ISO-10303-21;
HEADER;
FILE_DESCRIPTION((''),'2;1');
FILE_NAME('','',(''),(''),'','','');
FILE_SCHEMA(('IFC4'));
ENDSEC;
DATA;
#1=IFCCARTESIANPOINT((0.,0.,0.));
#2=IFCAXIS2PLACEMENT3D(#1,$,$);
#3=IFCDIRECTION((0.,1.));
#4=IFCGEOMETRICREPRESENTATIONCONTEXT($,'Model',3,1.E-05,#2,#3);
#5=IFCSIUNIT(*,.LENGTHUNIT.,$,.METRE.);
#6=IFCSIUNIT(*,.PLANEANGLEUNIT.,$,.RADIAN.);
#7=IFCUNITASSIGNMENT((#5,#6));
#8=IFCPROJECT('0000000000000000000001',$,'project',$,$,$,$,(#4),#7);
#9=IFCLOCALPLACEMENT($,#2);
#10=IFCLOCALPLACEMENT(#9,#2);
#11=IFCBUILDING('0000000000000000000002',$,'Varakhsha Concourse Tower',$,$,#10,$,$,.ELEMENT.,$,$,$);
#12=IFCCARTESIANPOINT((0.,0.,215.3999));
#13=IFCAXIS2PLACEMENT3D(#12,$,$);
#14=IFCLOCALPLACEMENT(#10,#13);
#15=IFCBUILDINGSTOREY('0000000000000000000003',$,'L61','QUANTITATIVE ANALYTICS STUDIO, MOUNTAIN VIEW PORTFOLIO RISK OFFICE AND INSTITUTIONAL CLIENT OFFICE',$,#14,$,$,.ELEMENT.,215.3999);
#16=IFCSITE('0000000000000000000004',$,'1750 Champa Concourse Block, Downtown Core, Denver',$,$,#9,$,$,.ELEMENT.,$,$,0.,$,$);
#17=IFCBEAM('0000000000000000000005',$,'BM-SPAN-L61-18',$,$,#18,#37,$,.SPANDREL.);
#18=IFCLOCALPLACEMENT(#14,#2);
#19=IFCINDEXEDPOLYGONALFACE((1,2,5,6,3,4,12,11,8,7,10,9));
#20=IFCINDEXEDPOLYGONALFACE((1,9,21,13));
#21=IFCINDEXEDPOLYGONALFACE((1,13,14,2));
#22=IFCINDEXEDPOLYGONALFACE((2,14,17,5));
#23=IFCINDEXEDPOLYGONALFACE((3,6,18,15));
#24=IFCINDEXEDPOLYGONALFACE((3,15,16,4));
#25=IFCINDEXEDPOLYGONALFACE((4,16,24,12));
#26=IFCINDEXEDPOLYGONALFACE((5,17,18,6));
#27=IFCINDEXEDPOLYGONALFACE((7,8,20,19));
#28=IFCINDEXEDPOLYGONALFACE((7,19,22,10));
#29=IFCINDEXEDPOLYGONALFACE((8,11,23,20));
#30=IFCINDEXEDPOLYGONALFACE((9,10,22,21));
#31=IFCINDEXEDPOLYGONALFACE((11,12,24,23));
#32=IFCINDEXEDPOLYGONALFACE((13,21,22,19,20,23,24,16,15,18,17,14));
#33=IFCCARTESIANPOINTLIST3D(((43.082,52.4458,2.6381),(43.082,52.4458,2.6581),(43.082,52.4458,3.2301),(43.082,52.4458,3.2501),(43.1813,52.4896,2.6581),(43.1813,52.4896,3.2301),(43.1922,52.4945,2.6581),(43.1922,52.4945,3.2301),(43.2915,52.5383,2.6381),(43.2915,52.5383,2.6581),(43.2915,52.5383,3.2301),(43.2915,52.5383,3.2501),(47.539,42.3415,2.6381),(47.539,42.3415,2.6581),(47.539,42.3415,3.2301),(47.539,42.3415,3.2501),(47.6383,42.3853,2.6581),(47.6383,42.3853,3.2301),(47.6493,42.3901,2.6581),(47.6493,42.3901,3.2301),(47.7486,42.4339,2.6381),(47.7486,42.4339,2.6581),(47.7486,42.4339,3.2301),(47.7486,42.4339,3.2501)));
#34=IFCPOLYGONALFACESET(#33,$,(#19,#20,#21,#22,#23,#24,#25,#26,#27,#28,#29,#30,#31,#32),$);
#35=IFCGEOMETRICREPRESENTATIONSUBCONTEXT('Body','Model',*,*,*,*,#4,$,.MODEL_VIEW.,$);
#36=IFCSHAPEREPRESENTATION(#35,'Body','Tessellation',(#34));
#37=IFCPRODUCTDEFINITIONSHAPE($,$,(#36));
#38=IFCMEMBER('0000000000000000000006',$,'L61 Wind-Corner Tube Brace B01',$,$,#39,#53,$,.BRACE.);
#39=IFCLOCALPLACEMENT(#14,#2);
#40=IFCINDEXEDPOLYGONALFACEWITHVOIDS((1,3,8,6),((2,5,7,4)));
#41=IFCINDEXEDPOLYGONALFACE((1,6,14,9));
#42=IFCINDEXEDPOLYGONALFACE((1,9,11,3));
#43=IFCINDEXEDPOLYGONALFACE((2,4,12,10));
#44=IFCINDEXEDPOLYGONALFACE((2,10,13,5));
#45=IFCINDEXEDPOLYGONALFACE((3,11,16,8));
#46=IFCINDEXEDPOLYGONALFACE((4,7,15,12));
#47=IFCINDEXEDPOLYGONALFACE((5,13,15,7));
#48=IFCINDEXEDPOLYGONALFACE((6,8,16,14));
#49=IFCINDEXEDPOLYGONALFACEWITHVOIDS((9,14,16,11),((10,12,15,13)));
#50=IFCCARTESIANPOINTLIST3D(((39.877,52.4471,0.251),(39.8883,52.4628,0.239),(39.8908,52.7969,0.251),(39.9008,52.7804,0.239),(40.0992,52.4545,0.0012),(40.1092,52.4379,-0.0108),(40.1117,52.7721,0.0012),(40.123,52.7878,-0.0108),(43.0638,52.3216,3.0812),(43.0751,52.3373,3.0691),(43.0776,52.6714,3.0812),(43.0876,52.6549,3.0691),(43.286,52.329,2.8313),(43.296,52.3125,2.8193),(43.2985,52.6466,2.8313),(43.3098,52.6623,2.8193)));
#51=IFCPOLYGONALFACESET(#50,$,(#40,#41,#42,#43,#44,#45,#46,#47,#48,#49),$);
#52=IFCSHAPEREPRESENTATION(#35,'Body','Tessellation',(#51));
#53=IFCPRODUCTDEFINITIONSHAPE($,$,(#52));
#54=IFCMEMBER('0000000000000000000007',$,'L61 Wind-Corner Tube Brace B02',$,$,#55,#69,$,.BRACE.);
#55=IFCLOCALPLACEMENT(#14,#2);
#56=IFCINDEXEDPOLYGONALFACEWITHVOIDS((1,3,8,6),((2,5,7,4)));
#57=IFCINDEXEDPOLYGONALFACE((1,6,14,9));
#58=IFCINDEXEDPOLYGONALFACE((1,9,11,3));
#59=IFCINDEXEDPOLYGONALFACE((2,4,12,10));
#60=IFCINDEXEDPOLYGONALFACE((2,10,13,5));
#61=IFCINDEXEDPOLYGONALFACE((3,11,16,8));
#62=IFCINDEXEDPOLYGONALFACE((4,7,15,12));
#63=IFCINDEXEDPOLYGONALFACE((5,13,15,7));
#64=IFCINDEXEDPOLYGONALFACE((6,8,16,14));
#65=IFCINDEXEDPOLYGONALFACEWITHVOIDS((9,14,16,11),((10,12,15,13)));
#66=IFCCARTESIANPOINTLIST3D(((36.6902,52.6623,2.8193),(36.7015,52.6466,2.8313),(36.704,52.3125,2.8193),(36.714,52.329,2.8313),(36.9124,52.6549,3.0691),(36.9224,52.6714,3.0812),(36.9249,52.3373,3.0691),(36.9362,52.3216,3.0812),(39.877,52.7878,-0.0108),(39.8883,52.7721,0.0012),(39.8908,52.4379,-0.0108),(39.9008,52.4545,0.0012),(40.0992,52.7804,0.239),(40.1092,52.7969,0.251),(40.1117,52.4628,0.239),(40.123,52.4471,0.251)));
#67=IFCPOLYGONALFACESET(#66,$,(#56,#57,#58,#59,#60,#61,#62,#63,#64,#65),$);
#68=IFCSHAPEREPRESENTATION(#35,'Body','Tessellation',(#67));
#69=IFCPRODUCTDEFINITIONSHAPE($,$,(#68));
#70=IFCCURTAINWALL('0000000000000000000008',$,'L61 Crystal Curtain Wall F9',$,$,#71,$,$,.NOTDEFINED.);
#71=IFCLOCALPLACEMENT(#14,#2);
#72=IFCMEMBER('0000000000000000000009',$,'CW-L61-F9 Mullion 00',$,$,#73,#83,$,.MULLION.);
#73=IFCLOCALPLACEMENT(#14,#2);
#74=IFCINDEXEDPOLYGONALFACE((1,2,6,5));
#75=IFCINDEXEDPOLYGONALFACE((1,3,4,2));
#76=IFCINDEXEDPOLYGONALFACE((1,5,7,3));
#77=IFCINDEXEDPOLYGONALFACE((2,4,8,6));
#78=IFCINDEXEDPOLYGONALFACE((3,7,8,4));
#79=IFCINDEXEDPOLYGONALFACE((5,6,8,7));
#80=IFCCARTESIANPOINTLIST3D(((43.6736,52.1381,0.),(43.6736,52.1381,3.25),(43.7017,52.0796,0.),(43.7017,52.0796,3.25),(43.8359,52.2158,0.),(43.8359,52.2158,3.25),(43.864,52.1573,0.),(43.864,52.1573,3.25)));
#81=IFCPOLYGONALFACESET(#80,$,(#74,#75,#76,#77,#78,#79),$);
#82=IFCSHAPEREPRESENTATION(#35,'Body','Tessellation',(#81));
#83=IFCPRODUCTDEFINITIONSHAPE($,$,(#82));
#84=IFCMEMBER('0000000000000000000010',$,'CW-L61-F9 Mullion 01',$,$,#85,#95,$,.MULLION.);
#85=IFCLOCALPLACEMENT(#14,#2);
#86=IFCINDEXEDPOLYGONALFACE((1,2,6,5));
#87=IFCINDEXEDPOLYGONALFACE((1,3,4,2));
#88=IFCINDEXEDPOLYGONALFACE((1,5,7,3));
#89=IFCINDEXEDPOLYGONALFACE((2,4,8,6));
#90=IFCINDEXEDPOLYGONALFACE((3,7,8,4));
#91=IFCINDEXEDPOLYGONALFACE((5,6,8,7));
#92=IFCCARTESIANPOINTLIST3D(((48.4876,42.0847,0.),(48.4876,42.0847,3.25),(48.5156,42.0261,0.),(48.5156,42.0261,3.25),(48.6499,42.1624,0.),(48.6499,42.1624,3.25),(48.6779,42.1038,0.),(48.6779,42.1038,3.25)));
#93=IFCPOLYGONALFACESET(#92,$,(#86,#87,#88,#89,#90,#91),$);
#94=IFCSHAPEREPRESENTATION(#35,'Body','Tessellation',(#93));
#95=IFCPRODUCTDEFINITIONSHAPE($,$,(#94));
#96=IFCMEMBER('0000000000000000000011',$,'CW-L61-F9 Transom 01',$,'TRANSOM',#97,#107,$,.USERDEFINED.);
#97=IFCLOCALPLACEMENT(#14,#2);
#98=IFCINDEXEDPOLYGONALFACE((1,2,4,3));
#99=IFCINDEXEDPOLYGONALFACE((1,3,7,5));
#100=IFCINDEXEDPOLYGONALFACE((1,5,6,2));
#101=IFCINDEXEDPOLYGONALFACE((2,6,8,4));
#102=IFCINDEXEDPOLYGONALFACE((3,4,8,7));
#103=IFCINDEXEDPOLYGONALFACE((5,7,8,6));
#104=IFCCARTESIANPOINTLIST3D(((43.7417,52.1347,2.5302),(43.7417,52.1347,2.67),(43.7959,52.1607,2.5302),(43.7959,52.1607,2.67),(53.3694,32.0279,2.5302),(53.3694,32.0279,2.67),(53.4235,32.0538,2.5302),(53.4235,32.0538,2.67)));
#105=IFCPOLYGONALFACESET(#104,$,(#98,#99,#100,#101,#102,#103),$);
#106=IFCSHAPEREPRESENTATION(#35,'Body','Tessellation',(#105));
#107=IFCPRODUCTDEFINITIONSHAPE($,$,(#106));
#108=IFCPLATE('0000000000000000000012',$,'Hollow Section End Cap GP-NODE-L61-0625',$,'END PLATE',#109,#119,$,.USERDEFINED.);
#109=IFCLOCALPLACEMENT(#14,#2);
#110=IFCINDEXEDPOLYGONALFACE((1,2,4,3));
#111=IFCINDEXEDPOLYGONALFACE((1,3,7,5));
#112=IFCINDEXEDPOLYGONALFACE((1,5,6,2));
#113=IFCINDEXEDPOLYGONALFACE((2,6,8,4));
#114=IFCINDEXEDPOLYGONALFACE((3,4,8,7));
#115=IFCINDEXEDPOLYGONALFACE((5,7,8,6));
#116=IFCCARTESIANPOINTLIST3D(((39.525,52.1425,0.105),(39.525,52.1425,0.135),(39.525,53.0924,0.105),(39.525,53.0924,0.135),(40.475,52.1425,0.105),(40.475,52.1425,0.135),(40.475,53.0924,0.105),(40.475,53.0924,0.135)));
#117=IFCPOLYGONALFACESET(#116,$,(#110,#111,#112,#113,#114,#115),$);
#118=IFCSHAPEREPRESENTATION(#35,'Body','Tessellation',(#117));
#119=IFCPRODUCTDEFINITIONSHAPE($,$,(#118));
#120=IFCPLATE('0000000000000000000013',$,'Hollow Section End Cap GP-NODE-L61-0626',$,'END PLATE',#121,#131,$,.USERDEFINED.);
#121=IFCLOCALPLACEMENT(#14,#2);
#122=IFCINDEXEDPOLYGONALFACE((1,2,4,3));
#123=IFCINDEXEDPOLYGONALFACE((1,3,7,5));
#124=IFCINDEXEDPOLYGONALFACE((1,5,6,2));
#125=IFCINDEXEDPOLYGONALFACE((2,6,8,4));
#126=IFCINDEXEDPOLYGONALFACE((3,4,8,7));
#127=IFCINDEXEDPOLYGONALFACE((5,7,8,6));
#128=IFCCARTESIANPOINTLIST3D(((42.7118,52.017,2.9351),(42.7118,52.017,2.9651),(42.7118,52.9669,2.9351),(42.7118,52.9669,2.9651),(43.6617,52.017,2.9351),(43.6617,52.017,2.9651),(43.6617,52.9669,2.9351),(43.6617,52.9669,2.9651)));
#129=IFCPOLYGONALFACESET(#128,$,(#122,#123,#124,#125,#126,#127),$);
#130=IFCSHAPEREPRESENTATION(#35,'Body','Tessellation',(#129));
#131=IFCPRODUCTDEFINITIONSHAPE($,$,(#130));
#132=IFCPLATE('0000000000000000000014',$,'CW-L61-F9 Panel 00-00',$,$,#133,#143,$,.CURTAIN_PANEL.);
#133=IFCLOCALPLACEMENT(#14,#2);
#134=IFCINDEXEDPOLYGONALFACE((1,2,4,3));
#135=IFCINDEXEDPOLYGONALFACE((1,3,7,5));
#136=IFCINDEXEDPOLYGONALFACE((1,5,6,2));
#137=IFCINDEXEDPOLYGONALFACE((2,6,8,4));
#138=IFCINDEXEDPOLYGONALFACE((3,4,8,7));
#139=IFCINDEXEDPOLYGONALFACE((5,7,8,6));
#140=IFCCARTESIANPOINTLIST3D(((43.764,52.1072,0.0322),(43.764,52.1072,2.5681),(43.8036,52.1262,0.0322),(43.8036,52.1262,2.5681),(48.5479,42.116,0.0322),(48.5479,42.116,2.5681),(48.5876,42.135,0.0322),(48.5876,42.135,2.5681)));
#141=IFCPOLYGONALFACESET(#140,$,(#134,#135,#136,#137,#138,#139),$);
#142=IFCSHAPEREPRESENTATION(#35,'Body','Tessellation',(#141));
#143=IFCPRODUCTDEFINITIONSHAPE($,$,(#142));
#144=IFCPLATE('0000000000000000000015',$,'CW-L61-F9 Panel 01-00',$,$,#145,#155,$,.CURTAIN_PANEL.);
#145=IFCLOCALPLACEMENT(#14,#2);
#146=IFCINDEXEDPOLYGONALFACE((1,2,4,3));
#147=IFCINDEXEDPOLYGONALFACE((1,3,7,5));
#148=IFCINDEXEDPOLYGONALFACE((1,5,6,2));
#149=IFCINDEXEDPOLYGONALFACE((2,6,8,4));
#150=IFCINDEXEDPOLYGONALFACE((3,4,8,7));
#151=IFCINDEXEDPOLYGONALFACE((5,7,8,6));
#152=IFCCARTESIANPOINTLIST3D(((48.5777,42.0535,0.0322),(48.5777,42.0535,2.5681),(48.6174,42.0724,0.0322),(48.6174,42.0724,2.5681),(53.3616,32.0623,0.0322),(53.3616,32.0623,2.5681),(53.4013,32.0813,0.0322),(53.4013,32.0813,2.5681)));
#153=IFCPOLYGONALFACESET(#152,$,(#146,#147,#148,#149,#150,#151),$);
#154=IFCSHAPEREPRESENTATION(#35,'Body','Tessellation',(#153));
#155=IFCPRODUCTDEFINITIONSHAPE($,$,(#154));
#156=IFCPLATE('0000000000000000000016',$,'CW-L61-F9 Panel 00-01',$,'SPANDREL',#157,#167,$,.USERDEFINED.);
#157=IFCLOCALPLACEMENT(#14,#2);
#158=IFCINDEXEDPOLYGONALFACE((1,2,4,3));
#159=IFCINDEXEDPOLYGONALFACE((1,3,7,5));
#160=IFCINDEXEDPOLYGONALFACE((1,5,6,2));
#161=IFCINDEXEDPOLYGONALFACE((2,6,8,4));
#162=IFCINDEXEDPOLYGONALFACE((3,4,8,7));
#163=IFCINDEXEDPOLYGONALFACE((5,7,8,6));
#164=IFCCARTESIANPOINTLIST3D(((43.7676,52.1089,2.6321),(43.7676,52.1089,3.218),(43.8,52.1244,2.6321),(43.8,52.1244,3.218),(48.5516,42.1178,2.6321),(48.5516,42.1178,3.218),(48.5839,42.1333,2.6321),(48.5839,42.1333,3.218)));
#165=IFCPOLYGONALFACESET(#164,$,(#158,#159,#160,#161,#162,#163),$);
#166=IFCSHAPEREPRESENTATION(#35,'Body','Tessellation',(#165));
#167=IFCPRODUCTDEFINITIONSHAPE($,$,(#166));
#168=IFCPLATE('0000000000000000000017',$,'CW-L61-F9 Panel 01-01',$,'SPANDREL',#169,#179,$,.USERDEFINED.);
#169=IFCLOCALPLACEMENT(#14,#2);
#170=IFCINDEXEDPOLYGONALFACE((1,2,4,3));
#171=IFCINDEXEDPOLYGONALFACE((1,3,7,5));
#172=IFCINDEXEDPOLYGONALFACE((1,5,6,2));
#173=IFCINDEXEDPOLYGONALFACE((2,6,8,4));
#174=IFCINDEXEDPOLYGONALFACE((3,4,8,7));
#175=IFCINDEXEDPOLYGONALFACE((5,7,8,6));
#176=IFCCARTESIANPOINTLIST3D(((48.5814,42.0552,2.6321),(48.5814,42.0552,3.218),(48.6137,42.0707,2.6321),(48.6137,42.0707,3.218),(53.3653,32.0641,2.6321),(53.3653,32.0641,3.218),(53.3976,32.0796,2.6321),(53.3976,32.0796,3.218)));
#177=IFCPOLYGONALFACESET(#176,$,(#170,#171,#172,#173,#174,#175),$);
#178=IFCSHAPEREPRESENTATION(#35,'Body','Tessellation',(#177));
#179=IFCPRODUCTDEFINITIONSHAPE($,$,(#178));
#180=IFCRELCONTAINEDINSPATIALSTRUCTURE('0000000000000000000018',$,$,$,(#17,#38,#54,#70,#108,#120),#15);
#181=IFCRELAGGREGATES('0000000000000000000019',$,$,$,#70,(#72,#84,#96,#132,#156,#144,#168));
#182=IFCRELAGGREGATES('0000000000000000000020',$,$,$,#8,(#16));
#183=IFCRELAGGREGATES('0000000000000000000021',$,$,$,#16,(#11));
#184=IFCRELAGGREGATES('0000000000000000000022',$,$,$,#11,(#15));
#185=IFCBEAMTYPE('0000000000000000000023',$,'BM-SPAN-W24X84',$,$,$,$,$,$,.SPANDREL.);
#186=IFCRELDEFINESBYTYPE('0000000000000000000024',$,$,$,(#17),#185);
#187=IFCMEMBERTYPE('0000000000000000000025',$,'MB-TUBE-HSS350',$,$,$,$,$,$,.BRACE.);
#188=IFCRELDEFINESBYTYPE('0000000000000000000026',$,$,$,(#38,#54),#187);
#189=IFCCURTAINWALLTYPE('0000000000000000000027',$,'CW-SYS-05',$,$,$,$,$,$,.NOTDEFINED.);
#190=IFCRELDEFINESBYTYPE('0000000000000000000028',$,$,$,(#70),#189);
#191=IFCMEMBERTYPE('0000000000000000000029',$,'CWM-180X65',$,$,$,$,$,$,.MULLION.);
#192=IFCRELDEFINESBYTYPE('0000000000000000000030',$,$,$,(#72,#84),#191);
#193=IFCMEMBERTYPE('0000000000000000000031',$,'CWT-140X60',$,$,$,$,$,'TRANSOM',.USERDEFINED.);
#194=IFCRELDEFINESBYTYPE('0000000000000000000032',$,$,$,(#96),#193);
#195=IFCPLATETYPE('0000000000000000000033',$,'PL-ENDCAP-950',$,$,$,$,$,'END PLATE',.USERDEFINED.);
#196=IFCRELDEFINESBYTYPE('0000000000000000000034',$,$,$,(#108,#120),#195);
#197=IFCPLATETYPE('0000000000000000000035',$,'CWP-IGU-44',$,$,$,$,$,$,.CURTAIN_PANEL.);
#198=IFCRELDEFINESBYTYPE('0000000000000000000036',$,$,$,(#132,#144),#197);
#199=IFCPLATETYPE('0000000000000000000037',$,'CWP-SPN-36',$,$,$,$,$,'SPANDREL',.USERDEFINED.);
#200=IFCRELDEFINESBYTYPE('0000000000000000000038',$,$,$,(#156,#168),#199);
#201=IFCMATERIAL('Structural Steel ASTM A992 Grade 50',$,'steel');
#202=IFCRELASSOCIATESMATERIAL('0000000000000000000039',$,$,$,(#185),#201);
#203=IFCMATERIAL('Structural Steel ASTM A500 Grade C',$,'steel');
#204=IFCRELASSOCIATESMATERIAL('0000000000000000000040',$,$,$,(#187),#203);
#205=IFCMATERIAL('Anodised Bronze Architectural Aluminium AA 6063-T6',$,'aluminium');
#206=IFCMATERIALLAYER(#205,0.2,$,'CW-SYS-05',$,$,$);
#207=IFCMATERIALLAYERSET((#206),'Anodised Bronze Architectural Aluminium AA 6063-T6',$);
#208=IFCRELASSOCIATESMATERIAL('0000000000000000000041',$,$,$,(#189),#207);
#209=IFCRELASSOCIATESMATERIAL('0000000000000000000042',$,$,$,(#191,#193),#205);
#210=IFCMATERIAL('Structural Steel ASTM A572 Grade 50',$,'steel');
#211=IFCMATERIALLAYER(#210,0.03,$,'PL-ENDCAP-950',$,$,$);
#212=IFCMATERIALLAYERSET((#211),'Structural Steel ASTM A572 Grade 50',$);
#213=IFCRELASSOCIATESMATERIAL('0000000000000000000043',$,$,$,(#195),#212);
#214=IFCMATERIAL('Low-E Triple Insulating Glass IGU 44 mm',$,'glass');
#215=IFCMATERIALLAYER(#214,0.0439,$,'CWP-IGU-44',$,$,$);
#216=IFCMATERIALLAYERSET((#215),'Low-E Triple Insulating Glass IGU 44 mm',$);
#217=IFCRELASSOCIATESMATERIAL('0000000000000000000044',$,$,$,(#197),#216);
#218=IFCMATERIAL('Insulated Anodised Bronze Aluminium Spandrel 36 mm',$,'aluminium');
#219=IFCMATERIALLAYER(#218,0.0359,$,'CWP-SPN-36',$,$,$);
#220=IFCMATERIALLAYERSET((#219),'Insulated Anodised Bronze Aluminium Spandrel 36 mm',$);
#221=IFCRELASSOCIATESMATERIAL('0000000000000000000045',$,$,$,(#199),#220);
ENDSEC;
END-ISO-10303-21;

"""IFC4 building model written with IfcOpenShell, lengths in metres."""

from ifc_helpers import new_model, si_unit, direction, frame, origin, origin_2d, place, context, subcontext, project, spatial, rectangle, hollow_rectangle, i_section, extrude, source, transform, mapped, material, layer, layer_set, material_profile, profile_set, type_object, type_shapes, element, aggregate, save


model = new_model("IFC4")

# Units and contexts
model_context = context("Model", 3, precision=1e-05, world=origin(), true_north=direction((0.0, 1.0)))
body_context = subcontext(model_context, "Body", "Model", "MODEL_VIEW")
ifc_project = project(units=[si_unit("LENGTHUNIT", "METRE"), si_unit("PLANEANGLEUNIT", "RADIAN")], contexts=[model_context])

# Site, building, storey
site_placement = place(None, origin())
site = spatial("IfcSite", under=ifc_project, at=site_placement, Name="1750 Champa Concourse Block, Downtown Core, Denver", CompositionType="ELEMENT", RefElevation=0.0)
building_placement = place(site_placement, origin())
building = spatial("IfcBuilding", under=site, at=building_placement, Name="Varakhsha Concourse Tower", CompositionType="ELEMENT")
storey_placement = place(building_placement, frame((0.0, 0.0, 215.3999)))
storey = spatial("IfcBuildingStorey", under=building, at=storey_placement, Name="L61", Description="QUANTITATIVE ANALYTICS STUDIO, MOUNTAIN VIEW PORTFOLIO RISK OFFICE AND INSTITUTIONAL CLIENT OFFICE", CompositionType="ELEMENT", Elevation=215.3999)

# Shared definitions
ifc_material_1 = material(Name="Structural Steel ASTM A992 Grade 50", Category="steel")
ifc_material_2 = material(Name="Structural Steel ASTM A572 Grade 50", Category="steel")

# Beam
ifc_material_profile_1 = material_profile(ifc_material_1, i_section(OverallWidth=0.229, OverallDepth=0.6121, WebThickness=0.012, FlangeThickness=0.02, at=origin_2d()), Name="W24X84")
ifc_profile_set_1 = profile_set([ifc_material_profile_1], Name="Structural Steel ASTM A992 Grade 50")
beam_type_1 = type_object("IfcBeamType", Name="BM-SPAN-W24X84", PredefinedType="SPANDREL", material=ifc_profile_set_1)
beam_1_placement = place(storey_placement, frame((47.6438, 42.3877, 2.9441), z_axis=(-0.403585, 0.914942, 0.0), x_axis=(-0.914942, -0.403585, 0.0)))
element("IfcBeam", 1, at=beam_1_placement, inside=storey, type_object=beam_type_1, Name="BM-SPAN-L61-18", PredefinedType="SPANDREL", context=body_context, shape_type="SweptSolid", body=[
    extrude(i_section(OverallWidth=0.229, OverallDepth=0.6121, WebThickness=0.012, FlangeThickness=0.02, at=origin_2d()), origin(), (0.0, 0.0, 1.0), 11.0437),
])

# Members
ifc_material_3 = material(Name="Structural Steel ASTM A500 Grade C", Category="steel")
ifc_material_profile_2 = material_profile(ifc_material_3, hollow_rectangle(XDim=0.3501, YDim=0.3501, WallThickness=0.0161, at=origin_2d()), Name="HSS 350x350x16")
ifc_profile_set_2 = profile_set([ifc_material_profile_2], Name="Structural Steel ASTM A500 Grade C")
member_type_1 = type_object("IfcMemberType", Name="MB-TUBE-HSS350", PredefinedType="BRACE", material=ifc_profile_set_2)
shared_shape_1 = source(origin(), body_context, "Body", "SweptSolid", [
    extrude(hollow_rectangle(XDim=0.3501, YDim=0.3501, WallThickness=0.0161, at=origin_2d()), origin(), (0.0, 0.0, 1.0), 4.2639),
])
type_shapes(member_type_1, [shared_shape_1])
for number, where, z_axis, x_axis, name in (
    (2, (40.0, 52.6174, 0.1201), (0.747389, -0.029431, 0.663735), (0.039347, 0.999226, 0.0), "L61 Wind-Corner Tube Brace B01"),
    (3, (40.0, 52.6174, 0.1201), (-0.747389, -0.029431, 0.663735), (0.039347, -0.999226, 0.0), "L61 Wind-Corner Tube Brace B02"),
):
    element("IfcMember", number, at=place(storey_placement, frame(where, z_axis=z_axis, x_axis=x_axis)), inside=storey, type_object=member_type_1, Name=name, PredefinedType="BRACE", context=body_context, shape_type="MappedRepresentation", body=[
        mapped(shared_shape_1, transform((0.0, 0.0, 0.0), scale=1.0)),
    ])

# Curtain wall, members
ifc_material_4 = material(Name="Anodised Bronze Architectural Aluminium AA 6063-T6", Category="aluminium")
ifc_layer_1 = layer(ifc_material_4, 0.2, Name="CW-SYS-05")
ifc_layer_set_1 = layer_set([ifc_layer_1], Name="Anodised Bronze Architectural Aluminium AA 6063-T6")
curtain_wall_type = type_object("IfcCurtainWallType", Name="CW-SYS-05", PredefinedType="NOTDEFINED", material=ifc_layer_set_1)
curtain_wall_placement = place(storey_placement, origin())
curtain_wall = element("IfcCurtainWall", 4, at=curtain_wall_placement, inside=storey, type_object=curtain_wall_type, Name="L61 Crystal Curtain Wall F9", PredefinedType="NOTDEFINED")
ifc_material_profile_3 = material_profile(ifc_material_4, rectangle(XDim=0.0649, YDim=0.1799, at=origin_2d()), Name="CWM-180X65")
ifc_profile_set_3 = profile_set([ifc_material_profile_3], Name="Anodised Bronze Architectural Aluminium AA 6063-T6")
member_type_2 = type_object("IfcMemberType", Name="CWM-180X65", PredefinedType="MULLION", material=ifc_profile_set_3)
shared_shape_2 = source(origin(), body_context, "Body", "SweptSolid", [
    extrude(rectangle(XDim=0.0649, YDim=0.1799, at=origin_2d()), origin(), (0.0, 0.0, 1.0), 3.25),
])
type_shapes(member_type_2, [shared_shape_2])
member_1_placement = place(storey_placement, frame((43.7688, 52.1477, 0.0), z_axis=(0.0, 0.0, 1.0), x_axis=(0.431862, -0.90194, 0.0)))
member_1 = element("IfcMember", 5, at=member_1_placement, type_object=member_type_2, Name="CW-L61-F9 Mullion 00", PredefinedType="MULLION", context=body_context, shape_type="MappedRepresentation", body=[
    mapped(shared_shape_2, transform((0.0, 0.0, 0.0), scale=1.0)),
])
member_2_placement = place(storey_placement, frame((48.5828, 42.0942, 0.0), z_axis=(0.0, 0.0, 1.0), x_axis=(0.431862, -0.90194, 0.0)))
member_2 = element("IfcMember", 6, at=member_2_placement, type_object=member_type_2, Name="CW-L61-F9 Mullion 01", PredefinedType="MULLION", context=body_context, shape_type="MappedRepresentation", body=[
    mapped(shared_shape_2, transform((0.0, 0.0, 0.0), scale=1.0)),
])
ifc_material_profile_4 = material_profile(ifc_material_4, rectangle(XDim=0.0601, YDim=0.1399, at=origin_2d()), Name="CWT-140X60")
ifc_profile_set_4 = profile_set([ifc_material_profile_4], Name="Anodised Bronze Architectural Aluminium AA 6063-T6")
member_type_3 = type_object("IfcMemberType", Name="CWT-140X60", ElementType="TRANSOM", PredefinedType="USERDEFINED", material=ifc_profile_set_4)
shared_shape_3 = source(origin(), body_context, "Body", "SweptSolid", [
    extrude(rectangle(XDim=0.0601, YDim=0.1399, at=origin_2d()), origin(), (0.0, 0.0, 1.0), 22.293),
])
type_shapes(member_type_3, [shared_shape_3])
member_3_placement = place(storey_placement, frame((43.7688, 52.1477, 2.6001), z_axis=(0.431869, -0.901936, 0.0), x_axis=(0.901936, 0.431869, 0.0)))
member_3 = element("IfcMember", 7, at=member_3_placement, type_object=member_type_3, Name="CW-L61-F9 Transom 01", ObjectType="TRANSOM", PredefinedType="USERDEFINED", context=body_context, shape_type="MappedRepresentation", body=[
    mapped(shared_shape_3, transform((0.0, 0.0, 0.0), scale=1.0)),
])

# Plates
ifc_layer_2 = layer(ifc_material_2, 0.03, Name="PL-ENDCAP-950")
ifc_layer_set_2 = layer_set([ifc_layer_2], Name="Structural Steel ASTM A572 Grade 50")
plate_type_1 = type_object("IfcPlateType", Name="PL-ENDCAP-950", ElementType="END PLATE", PredefinedType="USERDEFINED", material=ifc_layer_set_2)
shared_shape_4 = source(origin(), body_context, "Body", "SweptSolid", [
    extrude(rectangle(XDim=0.95, YDim=0.95, at=origin_2d()), origin(), (0.0, 0.0, 1.0), 0.03),
])
type_shapes(plate_type_1, [shared_shape_4])
for number, where, z_axis, x_axis, name in (
    (8, (40.0, 52.6174, 0.105), (0.0, 0.0, 1.0), (1.0, 0.0, 0.0), "Hollow Section End Cap GP-NODE-L61-0625"),
    (9, (43.1868, 52.4919, 2.9351), (0.0, 0.0, 1.0), (1.0, 0.0, 0.0), "Hollow Section End Cap GP-NODE-L61-0626"),
):
    element("IfcPlate", number, at=place(storey_placement, frame(where, z_axis=z_axis, x_axis=x_axis)), inside=storey, type_object=plate_type_1, Name=name, ObjectType="END PLATE", PredefinedType="USERDEFINED", context=body_context, shape_type="MappedRepresentation", body=[
        mapped(shared_shape_4, transform((0.0, 0.0, 0.0), scale=1.0)),
    ])

# Plates
ifc_material_5 = material(Name="Low-E Triple Insulating Glass IGU 44 mm", Category="glass")
ifc_layer_3 = layer(ifc_material_5, 0.0439, Name="CWP-IGU-44")
ifc_layer_set_3 = layer_set([ifc_layer_3], Name="Low-E Triple Insulating Glass IGU 44 mm")
plate_type_2 = type_object("IfcPlateType", Name="CWP-IGU-44", PredefinedType="CURTAIN_PANEL", material=ifc_layer_set_3)
shared_shape_5 = source(origin(), body_context, "Body", "SweptSolid", [
    extrude(rectangle(XDim=11.0774, YDim=0.0439, at=origin_2d()), origin(), (0.0, 0.0, 1.0), 2.5359),
])
type_shapes(plate_type_2, [shared_shape_5])
plate_1_placement = place(storey_placement, frame((46.1758, 47.1211, 0.0322), z_axis=(0.0, 0.0, 1.0), x_axis=(0.431862, -0.90194, 0.0)))
plate_1 = element("IfcPlate", 10, at=plate_1_placement, type_object=plate_type_2, Name="CW-L61-F9 Panel 00-00", PredefinedType="CURTAIN_PANEL", context=body_context, shape_type="MappedRepresentation", body=[
    mapped(shared_shape_5, transform((0.0, 0.0, 0.0), scale=1.0)),
])
plate_2_placement = place(storey_placement, frame((50.9895, 37.0674, 0.0322), z_axis=(0.0, 0.0, 1.0), x_axis=(0.431862, -0.90194, 0.0)))
plate_2 = element("IfcPlate", 11, at=plate_2_placement, type_object=plate_type_2, Name="CW-L61-F9 Panel 01-00", PredefinedType="CURTAIN_PANEL", context=body_context, shape_type="MappedRepresentation", body=[
    mapped(shared_shape_5, transform((0.0, 0.0, 0.0), scale=1.0)),
])
ifc_material_6 = material(Name="Insulated Anodised Bronze Aluminium Spandrel 36 mm", Category="aluminium")
ifc_layer_4 = layer(ifc_material_6, 0.0359, Name="CWP-SPN-36")
ifc_layer_set_4 = layer_set([ifc_layer_4], Name="Insulated Anodised Bronze Aluminium Spandrel 36 mm")
plate_type_3 = type_object("IfcPlateType", Name="CWP-SPN-36", ElementType="SPANDREL", PredefinedType="USERDEFINED", material=ifc_layer_set_4)
shared_shape_6 = source(origin(), body_context, "Body", "SweptSolid", [
    extrude(rectangle(XDim=11.0774, YDim=0.0359, at=origin_2d()), origin(), (0.0, 0.0, 1.0), 0.5859),
])
type_shapes(plate_type_3, [shared_shape_6])
plate_3_placement = place(storey_placement, frame((46.1758, 47.1211, 2.6321), z_axis=(0.0, 0.0, 1.0), x_axis=(0.431862, -0.90194, 0.0)))
plate_3 = element("IfcPlate", 12, at=plate_3_placement, type_object=plate_type_3, Name="CW-L61-F9 Panel 00-01", ObjectType="SPANDREL", PredefinedType="USERDEFINED", context=body_context, shape_type="MappedRepresentation", body=[
    mapped(shared_shape_6, transform((0.0, 0.0, 0.0), scale=1.0)),
])
plate_4_placement = place(storey_placement, frame((50.9895, 37.0674, 2.6321), z_axis=(0.0, 0.0, 1.0), x_axis=(0.431862, -0.90194, 0.0)))
plate_4 = element("IfcPlate", 13, at=plate_4_placement, type_object=plate_type_3, Name="CW-L61-F9 Panel 01-01", ObjectType="SPANDREL", PredefinedType="USERDEFINED", context=body_context, shape_type="MappedRepresentation", body=[
    mapped(shared_shape_6, transform((0.0, 0.0, 0.0), scale=1.0)),
])
aggregate(curtain_wall, [member_1, member_2, member_3, plate_1, plate_3, plate_2, plate_4])

save(model, "model.ifc")
